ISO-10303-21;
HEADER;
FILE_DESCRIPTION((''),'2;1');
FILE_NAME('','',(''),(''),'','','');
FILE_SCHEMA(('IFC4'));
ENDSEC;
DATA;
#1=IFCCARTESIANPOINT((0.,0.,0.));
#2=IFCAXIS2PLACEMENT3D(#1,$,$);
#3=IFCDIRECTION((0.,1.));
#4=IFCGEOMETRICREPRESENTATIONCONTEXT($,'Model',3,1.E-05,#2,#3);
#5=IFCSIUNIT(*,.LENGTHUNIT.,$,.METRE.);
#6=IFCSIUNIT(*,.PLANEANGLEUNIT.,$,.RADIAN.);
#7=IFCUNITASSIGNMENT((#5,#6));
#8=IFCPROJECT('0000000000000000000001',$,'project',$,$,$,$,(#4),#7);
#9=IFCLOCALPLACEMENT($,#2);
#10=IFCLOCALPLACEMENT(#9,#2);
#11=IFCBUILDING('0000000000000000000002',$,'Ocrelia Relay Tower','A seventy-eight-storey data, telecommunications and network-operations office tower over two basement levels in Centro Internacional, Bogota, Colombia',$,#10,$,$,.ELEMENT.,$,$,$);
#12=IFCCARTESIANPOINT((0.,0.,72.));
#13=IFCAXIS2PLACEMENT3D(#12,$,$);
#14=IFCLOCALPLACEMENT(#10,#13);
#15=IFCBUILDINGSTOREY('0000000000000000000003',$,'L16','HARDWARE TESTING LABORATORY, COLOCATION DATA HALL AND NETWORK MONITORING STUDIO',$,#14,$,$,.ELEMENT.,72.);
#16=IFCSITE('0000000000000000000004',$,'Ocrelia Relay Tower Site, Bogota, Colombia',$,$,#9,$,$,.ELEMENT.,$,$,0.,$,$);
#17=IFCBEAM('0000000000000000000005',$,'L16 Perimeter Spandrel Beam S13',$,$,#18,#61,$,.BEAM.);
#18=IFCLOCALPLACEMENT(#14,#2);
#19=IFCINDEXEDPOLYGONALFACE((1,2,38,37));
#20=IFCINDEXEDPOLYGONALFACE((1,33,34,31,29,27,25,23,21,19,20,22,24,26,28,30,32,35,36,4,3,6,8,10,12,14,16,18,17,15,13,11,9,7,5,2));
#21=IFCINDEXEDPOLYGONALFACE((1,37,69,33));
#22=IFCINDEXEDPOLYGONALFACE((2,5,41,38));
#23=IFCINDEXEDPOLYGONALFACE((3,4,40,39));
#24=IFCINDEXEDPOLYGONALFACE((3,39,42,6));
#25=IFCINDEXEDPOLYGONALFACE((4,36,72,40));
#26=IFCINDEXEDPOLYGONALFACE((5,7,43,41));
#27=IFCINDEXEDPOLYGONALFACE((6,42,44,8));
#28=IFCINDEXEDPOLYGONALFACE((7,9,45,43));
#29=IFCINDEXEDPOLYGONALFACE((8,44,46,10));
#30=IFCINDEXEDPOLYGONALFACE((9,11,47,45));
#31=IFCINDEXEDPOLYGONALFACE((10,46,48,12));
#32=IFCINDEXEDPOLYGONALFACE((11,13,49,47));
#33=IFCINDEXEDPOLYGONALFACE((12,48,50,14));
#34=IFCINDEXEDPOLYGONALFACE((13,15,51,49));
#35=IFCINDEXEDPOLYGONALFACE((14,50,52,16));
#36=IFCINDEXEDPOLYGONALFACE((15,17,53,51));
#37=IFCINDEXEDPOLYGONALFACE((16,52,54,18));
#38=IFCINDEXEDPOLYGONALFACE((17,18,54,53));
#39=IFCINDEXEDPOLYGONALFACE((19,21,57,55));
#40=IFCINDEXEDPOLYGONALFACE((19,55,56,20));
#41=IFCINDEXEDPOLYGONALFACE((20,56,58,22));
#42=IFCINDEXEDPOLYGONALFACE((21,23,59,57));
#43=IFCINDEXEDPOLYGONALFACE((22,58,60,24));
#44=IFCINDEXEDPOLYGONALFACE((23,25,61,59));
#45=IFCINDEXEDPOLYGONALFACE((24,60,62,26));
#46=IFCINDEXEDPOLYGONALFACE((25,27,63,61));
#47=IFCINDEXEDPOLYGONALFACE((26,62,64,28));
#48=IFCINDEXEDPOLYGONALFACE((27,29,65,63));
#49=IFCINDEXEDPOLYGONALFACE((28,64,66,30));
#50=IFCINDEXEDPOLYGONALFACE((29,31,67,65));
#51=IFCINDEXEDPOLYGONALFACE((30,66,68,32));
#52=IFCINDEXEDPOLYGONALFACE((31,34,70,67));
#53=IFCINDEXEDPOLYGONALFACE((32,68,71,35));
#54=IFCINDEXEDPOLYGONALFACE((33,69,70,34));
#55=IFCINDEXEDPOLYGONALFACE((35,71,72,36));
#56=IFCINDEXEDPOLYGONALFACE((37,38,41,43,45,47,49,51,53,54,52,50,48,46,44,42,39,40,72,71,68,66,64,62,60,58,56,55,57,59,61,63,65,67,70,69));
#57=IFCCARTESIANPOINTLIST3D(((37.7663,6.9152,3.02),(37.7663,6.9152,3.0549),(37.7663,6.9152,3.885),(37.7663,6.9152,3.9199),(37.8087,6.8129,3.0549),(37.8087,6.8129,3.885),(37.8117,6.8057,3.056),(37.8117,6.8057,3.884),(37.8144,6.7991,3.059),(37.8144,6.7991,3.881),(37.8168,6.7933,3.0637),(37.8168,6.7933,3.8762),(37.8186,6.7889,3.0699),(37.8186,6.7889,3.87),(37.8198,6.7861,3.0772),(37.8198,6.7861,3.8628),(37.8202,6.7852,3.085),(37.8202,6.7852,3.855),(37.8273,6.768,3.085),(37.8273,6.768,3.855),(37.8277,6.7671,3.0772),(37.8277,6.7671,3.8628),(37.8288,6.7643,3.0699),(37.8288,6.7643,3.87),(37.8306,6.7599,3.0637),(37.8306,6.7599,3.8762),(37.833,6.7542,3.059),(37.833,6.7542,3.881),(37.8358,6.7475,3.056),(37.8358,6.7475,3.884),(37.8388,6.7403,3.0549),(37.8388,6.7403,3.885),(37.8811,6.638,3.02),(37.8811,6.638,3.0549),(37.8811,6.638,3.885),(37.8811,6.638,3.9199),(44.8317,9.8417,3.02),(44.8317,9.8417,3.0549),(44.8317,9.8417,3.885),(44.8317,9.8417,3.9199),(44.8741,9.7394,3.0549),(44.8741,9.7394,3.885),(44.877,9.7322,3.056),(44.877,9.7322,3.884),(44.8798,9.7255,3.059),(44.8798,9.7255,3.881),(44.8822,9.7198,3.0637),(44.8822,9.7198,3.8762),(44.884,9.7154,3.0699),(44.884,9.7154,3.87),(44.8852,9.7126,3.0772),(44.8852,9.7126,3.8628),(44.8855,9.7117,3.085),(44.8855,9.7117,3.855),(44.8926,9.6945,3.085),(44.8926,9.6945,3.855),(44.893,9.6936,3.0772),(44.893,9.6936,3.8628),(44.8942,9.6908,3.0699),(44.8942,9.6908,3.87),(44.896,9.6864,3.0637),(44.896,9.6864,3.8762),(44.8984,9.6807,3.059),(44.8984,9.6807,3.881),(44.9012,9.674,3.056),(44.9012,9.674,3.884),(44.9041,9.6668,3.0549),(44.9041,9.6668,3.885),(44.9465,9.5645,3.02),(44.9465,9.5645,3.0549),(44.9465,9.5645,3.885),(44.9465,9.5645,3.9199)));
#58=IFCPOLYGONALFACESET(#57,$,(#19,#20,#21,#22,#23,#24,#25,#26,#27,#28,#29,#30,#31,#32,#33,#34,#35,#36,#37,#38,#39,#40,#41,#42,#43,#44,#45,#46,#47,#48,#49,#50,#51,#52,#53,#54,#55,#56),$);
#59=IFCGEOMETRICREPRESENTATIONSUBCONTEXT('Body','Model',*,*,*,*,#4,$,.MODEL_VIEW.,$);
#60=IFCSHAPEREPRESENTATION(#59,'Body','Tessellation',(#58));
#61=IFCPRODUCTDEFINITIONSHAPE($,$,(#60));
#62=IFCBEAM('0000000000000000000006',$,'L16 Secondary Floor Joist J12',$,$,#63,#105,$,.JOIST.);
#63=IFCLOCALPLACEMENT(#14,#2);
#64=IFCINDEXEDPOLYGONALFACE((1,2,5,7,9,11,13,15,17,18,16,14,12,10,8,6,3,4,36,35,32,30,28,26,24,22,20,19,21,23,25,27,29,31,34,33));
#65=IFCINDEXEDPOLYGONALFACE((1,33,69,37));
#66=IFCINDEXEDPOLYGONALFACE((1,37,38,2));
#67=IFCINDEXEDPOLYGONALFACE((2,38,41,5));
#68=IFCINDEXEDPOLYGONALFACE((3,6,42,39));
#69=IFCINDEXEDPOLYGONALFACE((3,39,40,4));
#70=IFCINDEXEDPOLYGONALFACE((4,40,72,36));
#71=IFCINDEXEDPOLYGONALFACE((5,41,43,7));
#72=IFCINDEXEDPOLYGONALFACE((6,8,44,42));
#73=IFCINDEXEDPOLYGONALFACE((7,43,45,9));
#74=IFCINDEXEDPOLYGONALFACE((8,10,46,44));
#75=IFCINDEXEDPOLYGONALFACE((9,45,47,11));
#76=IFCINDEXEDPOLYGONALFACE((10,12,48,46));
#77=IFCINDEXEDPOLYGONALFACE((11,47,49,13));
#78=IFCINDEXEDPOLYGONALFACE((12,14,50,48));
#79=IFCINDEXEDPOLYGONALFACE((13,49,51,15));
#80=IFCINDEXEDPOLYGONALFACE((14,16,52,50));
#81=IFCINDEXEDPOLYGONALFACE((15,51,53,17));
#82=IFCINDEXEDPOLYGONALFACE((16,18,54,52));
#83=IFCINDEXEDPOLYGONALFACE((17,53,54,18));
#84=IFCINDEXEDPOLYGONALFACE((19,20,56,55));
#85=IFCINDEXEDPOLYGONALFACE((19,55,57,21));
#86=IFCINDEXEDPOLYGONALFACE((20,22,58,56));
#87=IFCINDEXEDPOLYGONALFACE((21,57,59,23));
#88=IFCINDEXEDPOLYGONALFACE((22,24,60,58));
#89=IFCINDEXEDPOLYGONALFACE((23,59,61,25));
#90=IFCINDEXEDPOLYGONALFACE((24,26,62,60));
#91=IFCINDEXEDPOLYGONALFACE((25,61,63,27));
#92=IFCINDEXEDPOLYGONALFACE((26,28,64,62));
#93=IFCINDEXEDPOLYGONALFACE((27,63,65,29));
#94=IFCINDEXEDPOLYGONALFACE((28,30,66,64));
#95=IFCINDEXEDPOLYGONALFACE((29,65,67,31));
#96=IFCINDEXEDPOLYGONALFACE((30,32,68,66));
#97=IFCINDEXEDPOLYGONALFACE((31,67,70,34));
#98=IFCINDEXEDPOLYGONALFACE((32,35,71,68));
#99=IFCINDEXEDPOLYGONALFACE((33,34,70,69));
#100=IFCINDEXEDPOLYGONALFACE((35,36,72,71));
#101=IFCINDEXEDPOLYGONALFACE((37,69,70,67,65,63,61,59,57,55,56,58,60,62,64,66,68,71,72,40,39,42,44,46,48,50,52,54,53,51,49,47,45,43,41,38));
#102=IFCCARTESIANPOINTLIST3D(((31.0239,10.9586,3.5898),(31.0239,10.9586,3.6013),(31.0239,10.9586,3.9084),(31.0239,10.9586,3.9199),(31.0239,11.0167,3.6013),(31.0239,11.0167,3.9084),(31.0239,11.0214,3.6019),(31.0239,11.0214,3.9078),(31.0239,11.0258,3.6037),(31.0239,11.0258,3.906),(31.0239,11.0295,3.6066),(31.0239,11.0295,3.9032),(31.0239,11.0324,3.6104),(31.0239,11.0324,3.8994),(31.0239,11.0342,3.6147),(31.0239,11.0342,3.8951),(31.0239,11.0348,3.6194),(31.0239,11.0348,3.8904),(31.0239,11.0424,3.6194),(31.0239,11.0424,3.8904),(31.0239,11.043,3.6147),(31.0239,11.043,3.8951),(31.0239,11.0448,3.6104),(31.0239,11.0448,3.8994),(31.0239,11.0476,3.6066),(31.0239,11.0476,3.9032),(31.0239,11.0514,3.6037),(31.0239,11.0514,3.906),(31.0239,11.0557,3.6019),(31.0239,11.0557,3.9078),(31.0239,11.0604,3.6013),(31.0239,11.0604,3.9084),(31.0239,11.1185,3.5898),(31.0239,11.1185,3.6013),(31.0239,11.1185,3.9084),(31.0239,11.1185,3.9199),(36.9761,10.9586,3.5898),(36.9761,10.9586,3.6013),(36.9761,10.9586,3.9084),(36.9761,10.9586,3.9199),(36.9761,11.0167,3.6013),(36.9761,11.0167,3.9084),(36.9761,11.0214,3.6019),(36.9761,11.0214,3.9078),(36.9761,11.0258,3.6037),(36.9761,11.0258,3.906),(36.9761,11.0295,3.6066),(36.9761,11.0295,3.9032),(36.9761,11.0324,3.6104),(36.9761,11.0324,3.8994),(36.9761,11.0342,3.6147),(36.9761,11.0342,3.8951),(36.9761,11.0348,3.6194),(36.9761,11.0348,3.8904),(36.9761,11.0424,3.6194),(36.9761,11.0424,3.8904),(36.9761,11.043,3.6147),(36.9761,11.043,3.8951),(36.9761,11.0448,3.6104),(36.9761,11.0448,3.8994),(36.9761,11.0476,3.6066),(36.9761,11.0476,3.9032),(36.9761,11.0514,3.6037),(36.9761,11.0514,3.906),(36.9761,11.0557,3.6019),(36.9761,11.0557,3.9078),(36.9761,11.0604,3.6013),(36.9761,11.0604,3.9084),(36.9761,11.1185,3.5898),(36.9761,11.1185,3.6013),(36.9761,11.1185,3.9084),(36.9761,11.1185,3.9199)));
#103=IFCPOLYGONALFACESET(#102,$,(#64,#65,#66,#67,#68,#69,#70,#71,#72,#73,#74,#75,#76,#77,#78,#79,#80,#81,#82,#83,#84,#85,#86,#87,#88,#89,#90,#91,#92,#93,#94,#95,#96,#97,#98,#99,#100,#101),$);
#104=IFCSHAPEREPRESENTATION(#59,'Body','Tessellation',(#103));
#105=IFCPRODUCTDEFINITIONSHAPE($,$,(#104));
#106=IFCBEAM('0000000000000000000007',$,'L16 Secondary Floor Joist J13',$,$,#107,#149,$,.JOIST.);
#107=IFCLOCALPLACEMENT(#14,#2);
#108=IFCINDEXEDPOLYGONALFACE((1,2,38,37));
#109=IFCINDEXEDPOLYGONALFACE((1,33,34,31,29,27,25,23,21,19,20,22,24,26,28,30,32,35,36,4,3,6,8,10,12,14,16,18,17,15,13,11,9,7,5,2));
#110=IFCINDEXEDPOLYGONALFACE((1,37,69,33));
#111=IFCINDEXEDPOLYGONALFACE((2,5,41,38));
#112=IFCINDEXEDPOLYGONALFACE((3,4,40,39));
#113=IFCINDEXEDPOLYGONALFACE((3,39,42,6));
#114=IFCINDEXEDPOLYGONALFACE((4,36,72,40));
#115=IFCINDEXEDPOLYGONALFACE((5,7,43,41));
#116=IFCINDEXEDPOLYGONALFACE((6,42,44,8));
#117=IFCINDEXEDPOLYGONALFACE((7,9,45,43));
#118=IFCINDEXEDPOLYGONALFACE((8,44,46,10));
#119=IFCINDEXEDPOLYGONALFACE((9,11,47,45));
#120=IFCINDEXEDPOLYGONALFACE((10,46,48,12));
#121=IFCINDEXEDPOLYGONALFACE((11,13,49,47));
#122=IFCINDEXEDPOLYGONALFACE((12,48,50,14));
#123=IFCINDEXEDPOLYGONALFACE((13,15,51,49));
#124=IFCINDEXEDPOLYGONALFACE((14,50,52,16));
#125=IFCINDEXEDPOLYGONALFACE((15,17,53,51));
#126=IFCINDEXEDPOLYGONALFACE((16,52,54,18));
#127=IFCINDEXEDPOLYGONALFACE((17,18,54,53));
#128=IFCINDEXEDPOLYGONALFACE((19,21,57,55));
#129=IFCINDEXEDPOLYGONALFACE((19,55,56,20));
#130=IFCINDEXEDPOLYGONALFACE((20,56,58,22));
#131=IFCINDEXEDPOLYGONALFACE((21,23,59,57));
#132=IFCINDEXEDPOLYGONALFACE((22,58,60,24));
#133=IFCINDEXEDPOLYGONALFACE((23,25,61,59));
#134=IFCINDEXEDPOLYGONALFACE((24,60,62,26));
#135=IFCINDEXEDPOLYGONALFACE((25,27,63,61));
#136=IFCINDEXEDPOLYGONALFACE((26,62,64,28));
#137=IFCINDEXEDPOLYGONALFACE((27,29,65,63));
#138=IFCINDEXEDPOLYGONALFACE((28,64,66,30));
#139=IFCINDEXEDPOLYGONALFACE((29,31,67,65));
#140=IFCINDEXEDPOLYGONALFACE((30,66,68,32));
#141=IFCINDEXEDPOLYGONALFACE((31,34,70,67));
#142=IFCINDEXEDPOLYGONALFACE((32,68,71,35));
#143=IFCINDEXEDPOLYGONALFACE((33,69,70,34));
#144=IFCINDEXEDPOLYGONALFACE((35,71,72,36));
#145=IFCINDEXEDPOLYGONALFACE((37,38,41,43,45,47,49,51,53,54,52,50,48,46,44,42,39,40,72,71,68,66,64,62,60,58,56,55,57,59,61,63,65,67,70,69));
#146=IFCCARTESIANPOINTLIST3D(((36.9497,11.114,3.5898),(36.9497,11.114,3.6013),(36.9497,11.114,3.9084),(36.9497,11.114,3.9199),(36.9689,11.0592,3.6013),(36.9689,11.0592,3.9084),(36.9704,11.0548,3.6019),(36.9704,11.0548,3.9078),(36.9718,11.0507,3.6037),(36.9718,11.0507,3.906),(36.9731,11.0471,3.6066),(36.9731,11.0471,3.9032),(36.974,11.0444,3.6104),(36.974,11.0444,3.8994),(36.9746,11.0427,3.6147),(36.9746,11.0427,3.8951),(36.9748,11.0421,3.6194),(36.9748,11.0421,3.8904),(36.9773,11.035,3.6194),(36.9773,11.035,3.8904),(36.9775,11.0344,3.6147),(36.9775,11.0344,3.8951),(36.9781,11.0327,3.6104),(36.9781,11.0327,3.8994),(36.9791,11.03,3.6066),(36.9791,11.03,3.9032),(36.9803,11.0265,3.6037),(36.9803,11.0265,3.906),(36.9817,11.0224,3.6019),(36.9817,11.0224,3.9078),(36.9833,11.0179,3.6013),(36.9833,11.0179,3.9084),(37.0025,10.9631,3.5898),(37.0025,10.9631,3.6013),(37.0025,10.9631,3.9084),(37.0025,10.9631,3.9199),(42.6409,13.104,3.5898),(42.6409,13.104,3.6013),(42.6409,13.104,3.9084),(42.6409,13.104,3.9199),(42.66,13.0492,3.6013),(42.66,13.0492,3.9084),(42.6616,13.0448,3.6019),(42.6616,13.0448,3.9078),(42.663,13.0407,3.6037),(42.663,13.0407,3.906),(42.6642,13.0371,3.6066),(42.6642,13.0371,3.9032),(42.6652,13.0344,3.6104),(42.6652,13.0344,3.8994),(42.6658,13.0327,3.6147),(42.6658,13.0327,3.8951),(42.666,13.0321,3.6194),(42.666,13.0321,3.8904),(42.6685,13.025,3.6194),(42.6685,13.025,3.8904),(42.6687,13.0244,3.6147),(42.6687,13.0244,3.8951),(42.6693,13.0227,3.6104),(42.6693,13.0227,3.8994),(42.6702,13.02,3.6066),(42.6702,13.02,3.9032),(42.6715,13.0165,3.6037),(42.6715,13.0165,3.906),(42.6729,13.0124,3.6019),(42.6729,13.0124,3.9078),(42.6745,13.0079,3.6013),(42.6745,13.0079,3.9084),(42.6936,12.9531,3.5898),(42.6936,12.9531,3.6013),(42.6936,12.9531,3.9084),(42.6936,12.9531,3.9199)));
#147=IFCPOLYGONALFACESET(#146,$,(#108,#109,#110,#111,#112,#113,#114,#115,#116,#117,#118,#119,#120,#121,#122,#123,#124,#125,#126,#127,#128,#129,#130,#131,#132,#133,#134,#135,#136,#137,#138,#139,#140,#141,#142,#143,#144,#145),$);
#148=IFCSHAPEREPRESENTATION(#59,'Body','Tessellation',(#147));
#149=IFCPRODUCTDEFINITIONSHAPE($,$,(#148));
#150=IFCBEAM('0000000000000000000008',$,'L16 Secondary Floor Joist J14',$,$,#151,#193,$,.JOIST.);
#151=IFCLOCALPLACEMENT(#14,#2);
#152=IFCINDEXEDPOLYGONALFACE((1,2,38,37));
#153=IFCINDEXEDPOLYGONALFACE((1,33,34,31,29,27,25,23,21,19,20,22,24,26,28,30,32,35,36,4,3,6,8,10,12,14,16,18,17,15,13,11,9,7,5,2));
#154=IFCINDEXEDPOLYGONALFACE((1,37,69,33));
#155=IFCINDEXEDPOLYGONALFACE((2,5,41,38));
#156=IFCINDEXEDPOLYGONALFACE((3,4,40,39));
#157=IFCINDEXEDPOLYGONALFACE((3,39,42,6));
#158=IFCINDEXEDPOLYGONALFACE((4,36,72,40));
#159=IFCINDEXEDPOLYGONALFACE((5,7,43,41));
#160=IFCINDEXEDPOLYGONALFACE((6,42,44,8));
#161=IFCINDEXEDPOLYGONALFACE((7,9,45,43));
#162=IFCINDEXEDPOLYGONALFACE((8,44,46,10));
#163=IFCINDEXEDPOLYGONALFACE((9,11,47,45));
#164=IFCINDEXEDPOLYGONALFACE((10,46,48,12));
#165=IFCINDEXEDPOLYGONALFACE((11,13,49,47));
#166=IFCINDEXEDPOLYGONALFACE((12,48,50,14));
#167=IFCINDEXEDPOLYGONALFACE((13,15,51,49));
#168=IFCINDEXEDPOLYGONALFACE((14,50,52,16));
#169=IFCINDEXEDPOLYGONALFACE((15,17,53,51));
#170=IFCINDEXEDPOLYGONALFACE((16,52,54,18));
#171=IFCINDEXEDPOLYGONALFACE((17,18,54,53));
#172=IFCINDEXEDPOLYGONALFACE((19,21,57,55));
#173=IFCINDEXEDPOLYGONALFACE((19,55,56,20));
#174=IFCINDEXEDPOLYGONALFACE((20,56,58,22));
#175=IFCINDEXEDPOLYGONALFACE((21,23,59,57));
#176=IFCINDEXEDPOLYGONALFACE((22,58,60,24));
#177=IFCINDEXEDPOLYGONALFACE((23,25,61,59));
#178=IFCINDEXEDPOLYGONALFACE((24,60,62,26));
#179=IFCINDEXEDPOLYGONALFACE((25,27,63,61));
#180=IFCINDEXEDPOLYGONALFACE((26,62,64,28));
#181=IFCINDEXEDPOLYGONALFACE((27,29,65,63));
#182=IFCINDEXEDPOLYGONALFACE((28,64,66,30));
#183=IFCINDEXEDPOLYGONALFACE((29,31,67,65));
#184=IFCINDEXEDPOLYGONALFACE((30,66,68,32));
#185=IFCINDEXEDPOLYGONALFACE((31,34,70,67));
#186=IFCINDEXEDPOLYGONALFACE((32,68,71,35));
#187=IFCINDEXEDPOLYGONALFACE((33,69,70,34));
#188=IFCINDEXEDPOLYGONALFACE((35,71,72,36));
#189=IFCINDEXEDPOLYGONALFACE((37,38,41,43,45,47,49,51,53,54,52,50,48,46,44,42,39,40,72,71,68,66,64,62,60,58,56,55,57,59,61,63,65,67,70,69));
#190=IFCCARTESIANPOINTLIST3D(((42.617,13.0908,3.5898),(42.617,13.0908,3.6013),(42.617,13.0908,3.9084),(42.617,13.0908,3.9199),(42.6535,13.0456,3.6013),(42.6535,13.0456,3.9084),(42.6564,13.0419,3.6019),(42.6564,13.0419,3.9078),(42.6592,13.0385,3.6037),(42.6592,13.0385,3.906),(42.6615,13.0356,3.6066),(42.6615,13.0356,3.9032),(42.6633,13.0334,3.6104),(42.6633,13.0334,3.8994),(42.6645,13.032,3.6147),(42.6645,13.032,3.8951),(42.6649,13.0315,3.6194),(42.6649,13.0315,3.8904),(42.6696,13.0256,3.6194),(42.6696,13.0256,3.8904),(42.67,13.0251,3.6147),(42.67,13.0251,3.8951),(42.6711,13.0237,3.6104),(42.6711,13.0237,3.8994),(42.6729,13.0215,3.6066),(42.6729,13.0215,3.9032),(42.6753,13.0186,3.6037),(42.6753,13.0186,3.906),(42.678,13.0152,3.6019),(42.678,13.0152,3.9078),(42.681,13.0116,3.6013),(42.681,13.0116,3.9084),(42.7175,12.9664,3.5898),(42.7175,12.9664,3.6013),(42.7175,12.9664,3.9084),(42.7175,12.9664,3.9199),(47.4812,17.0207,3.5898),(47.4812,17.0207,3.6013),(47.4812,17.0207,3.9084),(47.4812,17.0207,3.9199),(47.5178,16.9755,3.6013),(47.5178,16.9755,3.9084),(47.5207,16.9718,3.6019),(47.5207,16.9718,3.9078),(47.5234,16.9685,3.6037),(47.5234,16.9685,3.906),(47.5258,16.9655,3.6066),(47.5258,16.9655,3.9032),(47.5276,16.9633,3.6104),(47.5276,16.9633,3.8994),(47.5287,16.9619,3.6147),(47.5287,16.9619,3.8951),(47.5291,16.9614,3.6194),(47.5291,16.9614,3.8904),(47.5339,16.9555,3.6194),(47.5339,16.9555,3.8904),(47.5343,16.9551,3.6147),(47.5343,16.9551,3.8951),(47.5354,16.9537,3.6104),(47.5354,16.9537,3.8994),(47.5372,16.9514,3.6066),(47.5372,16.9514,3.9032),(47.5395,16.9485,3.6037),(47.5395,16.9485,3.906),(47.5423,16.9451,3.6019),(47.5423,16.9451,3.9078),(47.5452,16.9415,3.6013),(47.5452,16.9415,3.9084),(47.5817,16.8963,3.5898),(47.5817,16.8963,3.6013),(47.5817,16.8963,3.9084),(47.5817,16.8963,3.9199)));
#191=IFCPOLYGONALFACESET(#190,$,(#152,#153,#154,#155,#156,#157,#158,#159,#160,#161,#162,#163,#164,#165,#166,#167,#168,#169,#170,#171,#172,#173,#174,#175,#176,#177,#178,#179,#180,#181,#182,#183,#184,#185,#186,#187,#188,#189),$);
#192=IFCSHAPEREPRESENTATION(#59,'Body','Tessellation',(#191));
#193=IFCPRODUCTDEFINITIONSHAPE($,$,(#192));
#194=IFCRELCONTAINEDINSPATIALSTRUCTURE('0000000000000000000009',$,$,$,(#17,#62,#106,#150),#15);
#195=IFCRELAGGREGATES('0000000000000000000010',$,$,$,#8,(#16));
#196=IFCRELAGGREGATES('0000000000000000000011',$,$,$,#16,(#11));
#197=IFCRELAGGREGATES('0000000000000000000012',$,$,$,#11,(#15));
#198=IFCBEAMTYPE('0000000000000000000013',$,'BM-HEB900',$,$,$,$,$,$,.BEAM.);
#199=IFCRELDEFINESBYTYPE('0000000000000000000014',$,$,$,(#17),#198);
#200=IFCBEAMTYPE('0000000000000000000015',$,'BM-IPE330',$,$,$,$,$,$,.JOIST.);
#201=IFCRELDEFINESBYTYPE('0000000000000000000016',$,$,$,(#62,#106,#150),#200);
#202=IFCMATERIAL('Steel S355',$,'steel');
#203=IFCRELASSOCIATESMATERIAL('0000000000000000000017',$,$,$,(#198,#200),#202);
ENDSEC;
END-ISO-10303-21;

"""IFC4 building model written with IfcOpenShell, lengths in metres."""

from ifc_helpers import new_model, si_unit, direction, frame, origin, origin_2d, place, context, subcontext, project, spatial, i_section, extrude, material, material_profile, profile_set, type_object, element, save


model = new_model("IFC4")

# Units and contexts
model_context = context("Model", 3, precision=1e-05, world=origin(), true_north=direction((0.0, 1.0)))
body_context = subcontext(model_context, "Body", "Model", "MODEL_VIEW")
ifc_project = project(units=[si_unit("LENGTHUNIT", "METRE"), si_unit("PLANEANGLEUNIT", "RADIAN")], contexts=[model_context])

# Site, building, storey
site_placement = place(None, origin())
site = spatial("IfcSite", under=ifc_project, at=site_placement, Name="Ocrelia Relay Tower Site, Bogota, Colombia", CompositionType="ELEMENT", RefElevation=0.0)
building_placement = place(site_placement, origin())
building = spatial("IfcBuilding", under=site, at=building_placement, Name="Ocrelia Relay Tower", Description="A seventy-eight-storey data, telecommunications and network-operations office tower over two basement levels in Centro Internacional, Bogota, Colombia", CompositionType="ELEMENT")
storey_placement = place(building_placement, frame((0.0, 0.0, 72.0)))
storey = spatial("IfcBuildingStorey", under=building, at=storey_placement, Name="L16", Description="HARDWARE TESTING LABORATORY, COLOCATION DATA HALL AND NETWORK MONITORING STUDIO", CompositionType="ELEMENT", Elevation=72.0)

# Beams
ifc_material_1 = material(Name="Steel S355", Category="steel")
ifc_material_profile_1 = material_profile(ifc_material_1, i_section(OverallWidth=0.3, OverallDepth=0.8999, WebThickness=0.0186, FlangeThickness=0.0349, FilletRadius=0.03, at=origin_2d()), Name="HEB 900")
ifc_profile_set_1 = profile_set([ifc_material_profile_1], Name="Steel S355")
beam_type_1 = type_object("IfcBeamType", Name="BM-HEB900", PredefinedType="BEAM", material=ifc_profile_set_1)
beam_1_placement = place(storey_placement, frame((37.8237, 6.7766, 3.47), z_axis=(0.923883, 0.382674, 0.0), x_axis=(-0.382674, 0.923883, 0.0)))
element("IfcBeam", 1, at=beam_1_placement, inside=storey, type_object=beam_type_1, Name="L16 Perimeter Spandrel Beam S13", PredefinedType="BEAM", context=body_context, shape_type="SweptSolid", body=[
    extrude(i_section(OverallWidth=0.3, OverallDepth=0.8999, WebThickness=0.0186, FlangeThickness=0.0349, FilletRadius=0.03, at=origin_2d()), origin(), (0.0, 0.0, 1.0), 7.6475),
])
ifc_material_profile_2 = material_profile(ifc_material_1, i_section(OverallWidth=0.1599, OverallDepth=0.3301, WebThickness=0.0076, FlangeThickness=0.0115, FilletRadius=0.0181, at=origin_2d()), Name="IPE 330")
ifc_profile_set_2 = profile_set([ifc_material_profile_2], Name="Steel S355")
beam_type_2 = type_object("IfcBeamType", Name="BM-IPE330", PredefinedType="JOIST", material=ifc_profile_set_2)
beam_2_placement = place(storey_placement, frame((31.0239, 11.0386, 3.7549), z_axis=(1.0, 0.0, 0.0), x_axis=(0.0, 1.0, 0.0)))
element("IfcBeam", 2, at=beam_2_placement, inside=storey, type_object=beam_type_2, Name="L16 Secondary Floor Joist J12", PredefinedType="JOIST", context=body_context, shape_type="SweptSolid", body=[
    extrude(i_section(OverallWidth=0.1599, OverallDepth=0.3301, WebThickness=0.0076, FlangeThickness=0.0115, FilletRadius=0.0181, at=origin_2d()), origin(), (0.0, 0.0, 1.0), 5.9521),
])
beam_3_placement = place(storey_placement, frame((36.9761, 11.0386, 3.7549), z_axis=(0.943957, 0.330067, 0.0), x_axis=(-0.330067, 0.943957, 0.0)))
element("IfcBeam", 3, at=beam_3_placement, inside=storey, type_object=beam_type_2, Name="L16 Secondary Floor Joist J13", PredefinedType="JOIST", context=body_context, shape_type="SweptSolid", body=[
    extrude(i_section(OverallWidth=0.1599, OverallDepth=0.3301, WebThickness=0.0076, FlangeThickness=0.0115, FilletRadius=0.0181, at=origin_2d()), origin(), (0.0, 0.0, 1.0), 6.0291),
])
beam_4_placement = place(storey_placement, frame((42.6672, 13.0286, 3.7549), z_axis=(0.777855, 0.628444, 0.0), x_axis=(-0.628444, 0.777855, 0.0)))
element("IfcBeam", 4, at=beam_4_placement, inside=storey, type_object=beam_type_2, Name="L16 Secondary Floor Joist J14", PredefinedType="JOIST", context=body_context, shape_type="SweptSolid", body=[
    extrude(i_section(OverallWidth=0.1599, OverallDepth=0.3301, WebThickness=0.0076, FlangeThickness=0.0115, FilletRadius=0.0181, at=origin_2d()), origin(), (0.0, 0.0, 1.0), 6.2534),
])

save(model, "model.ifc")
